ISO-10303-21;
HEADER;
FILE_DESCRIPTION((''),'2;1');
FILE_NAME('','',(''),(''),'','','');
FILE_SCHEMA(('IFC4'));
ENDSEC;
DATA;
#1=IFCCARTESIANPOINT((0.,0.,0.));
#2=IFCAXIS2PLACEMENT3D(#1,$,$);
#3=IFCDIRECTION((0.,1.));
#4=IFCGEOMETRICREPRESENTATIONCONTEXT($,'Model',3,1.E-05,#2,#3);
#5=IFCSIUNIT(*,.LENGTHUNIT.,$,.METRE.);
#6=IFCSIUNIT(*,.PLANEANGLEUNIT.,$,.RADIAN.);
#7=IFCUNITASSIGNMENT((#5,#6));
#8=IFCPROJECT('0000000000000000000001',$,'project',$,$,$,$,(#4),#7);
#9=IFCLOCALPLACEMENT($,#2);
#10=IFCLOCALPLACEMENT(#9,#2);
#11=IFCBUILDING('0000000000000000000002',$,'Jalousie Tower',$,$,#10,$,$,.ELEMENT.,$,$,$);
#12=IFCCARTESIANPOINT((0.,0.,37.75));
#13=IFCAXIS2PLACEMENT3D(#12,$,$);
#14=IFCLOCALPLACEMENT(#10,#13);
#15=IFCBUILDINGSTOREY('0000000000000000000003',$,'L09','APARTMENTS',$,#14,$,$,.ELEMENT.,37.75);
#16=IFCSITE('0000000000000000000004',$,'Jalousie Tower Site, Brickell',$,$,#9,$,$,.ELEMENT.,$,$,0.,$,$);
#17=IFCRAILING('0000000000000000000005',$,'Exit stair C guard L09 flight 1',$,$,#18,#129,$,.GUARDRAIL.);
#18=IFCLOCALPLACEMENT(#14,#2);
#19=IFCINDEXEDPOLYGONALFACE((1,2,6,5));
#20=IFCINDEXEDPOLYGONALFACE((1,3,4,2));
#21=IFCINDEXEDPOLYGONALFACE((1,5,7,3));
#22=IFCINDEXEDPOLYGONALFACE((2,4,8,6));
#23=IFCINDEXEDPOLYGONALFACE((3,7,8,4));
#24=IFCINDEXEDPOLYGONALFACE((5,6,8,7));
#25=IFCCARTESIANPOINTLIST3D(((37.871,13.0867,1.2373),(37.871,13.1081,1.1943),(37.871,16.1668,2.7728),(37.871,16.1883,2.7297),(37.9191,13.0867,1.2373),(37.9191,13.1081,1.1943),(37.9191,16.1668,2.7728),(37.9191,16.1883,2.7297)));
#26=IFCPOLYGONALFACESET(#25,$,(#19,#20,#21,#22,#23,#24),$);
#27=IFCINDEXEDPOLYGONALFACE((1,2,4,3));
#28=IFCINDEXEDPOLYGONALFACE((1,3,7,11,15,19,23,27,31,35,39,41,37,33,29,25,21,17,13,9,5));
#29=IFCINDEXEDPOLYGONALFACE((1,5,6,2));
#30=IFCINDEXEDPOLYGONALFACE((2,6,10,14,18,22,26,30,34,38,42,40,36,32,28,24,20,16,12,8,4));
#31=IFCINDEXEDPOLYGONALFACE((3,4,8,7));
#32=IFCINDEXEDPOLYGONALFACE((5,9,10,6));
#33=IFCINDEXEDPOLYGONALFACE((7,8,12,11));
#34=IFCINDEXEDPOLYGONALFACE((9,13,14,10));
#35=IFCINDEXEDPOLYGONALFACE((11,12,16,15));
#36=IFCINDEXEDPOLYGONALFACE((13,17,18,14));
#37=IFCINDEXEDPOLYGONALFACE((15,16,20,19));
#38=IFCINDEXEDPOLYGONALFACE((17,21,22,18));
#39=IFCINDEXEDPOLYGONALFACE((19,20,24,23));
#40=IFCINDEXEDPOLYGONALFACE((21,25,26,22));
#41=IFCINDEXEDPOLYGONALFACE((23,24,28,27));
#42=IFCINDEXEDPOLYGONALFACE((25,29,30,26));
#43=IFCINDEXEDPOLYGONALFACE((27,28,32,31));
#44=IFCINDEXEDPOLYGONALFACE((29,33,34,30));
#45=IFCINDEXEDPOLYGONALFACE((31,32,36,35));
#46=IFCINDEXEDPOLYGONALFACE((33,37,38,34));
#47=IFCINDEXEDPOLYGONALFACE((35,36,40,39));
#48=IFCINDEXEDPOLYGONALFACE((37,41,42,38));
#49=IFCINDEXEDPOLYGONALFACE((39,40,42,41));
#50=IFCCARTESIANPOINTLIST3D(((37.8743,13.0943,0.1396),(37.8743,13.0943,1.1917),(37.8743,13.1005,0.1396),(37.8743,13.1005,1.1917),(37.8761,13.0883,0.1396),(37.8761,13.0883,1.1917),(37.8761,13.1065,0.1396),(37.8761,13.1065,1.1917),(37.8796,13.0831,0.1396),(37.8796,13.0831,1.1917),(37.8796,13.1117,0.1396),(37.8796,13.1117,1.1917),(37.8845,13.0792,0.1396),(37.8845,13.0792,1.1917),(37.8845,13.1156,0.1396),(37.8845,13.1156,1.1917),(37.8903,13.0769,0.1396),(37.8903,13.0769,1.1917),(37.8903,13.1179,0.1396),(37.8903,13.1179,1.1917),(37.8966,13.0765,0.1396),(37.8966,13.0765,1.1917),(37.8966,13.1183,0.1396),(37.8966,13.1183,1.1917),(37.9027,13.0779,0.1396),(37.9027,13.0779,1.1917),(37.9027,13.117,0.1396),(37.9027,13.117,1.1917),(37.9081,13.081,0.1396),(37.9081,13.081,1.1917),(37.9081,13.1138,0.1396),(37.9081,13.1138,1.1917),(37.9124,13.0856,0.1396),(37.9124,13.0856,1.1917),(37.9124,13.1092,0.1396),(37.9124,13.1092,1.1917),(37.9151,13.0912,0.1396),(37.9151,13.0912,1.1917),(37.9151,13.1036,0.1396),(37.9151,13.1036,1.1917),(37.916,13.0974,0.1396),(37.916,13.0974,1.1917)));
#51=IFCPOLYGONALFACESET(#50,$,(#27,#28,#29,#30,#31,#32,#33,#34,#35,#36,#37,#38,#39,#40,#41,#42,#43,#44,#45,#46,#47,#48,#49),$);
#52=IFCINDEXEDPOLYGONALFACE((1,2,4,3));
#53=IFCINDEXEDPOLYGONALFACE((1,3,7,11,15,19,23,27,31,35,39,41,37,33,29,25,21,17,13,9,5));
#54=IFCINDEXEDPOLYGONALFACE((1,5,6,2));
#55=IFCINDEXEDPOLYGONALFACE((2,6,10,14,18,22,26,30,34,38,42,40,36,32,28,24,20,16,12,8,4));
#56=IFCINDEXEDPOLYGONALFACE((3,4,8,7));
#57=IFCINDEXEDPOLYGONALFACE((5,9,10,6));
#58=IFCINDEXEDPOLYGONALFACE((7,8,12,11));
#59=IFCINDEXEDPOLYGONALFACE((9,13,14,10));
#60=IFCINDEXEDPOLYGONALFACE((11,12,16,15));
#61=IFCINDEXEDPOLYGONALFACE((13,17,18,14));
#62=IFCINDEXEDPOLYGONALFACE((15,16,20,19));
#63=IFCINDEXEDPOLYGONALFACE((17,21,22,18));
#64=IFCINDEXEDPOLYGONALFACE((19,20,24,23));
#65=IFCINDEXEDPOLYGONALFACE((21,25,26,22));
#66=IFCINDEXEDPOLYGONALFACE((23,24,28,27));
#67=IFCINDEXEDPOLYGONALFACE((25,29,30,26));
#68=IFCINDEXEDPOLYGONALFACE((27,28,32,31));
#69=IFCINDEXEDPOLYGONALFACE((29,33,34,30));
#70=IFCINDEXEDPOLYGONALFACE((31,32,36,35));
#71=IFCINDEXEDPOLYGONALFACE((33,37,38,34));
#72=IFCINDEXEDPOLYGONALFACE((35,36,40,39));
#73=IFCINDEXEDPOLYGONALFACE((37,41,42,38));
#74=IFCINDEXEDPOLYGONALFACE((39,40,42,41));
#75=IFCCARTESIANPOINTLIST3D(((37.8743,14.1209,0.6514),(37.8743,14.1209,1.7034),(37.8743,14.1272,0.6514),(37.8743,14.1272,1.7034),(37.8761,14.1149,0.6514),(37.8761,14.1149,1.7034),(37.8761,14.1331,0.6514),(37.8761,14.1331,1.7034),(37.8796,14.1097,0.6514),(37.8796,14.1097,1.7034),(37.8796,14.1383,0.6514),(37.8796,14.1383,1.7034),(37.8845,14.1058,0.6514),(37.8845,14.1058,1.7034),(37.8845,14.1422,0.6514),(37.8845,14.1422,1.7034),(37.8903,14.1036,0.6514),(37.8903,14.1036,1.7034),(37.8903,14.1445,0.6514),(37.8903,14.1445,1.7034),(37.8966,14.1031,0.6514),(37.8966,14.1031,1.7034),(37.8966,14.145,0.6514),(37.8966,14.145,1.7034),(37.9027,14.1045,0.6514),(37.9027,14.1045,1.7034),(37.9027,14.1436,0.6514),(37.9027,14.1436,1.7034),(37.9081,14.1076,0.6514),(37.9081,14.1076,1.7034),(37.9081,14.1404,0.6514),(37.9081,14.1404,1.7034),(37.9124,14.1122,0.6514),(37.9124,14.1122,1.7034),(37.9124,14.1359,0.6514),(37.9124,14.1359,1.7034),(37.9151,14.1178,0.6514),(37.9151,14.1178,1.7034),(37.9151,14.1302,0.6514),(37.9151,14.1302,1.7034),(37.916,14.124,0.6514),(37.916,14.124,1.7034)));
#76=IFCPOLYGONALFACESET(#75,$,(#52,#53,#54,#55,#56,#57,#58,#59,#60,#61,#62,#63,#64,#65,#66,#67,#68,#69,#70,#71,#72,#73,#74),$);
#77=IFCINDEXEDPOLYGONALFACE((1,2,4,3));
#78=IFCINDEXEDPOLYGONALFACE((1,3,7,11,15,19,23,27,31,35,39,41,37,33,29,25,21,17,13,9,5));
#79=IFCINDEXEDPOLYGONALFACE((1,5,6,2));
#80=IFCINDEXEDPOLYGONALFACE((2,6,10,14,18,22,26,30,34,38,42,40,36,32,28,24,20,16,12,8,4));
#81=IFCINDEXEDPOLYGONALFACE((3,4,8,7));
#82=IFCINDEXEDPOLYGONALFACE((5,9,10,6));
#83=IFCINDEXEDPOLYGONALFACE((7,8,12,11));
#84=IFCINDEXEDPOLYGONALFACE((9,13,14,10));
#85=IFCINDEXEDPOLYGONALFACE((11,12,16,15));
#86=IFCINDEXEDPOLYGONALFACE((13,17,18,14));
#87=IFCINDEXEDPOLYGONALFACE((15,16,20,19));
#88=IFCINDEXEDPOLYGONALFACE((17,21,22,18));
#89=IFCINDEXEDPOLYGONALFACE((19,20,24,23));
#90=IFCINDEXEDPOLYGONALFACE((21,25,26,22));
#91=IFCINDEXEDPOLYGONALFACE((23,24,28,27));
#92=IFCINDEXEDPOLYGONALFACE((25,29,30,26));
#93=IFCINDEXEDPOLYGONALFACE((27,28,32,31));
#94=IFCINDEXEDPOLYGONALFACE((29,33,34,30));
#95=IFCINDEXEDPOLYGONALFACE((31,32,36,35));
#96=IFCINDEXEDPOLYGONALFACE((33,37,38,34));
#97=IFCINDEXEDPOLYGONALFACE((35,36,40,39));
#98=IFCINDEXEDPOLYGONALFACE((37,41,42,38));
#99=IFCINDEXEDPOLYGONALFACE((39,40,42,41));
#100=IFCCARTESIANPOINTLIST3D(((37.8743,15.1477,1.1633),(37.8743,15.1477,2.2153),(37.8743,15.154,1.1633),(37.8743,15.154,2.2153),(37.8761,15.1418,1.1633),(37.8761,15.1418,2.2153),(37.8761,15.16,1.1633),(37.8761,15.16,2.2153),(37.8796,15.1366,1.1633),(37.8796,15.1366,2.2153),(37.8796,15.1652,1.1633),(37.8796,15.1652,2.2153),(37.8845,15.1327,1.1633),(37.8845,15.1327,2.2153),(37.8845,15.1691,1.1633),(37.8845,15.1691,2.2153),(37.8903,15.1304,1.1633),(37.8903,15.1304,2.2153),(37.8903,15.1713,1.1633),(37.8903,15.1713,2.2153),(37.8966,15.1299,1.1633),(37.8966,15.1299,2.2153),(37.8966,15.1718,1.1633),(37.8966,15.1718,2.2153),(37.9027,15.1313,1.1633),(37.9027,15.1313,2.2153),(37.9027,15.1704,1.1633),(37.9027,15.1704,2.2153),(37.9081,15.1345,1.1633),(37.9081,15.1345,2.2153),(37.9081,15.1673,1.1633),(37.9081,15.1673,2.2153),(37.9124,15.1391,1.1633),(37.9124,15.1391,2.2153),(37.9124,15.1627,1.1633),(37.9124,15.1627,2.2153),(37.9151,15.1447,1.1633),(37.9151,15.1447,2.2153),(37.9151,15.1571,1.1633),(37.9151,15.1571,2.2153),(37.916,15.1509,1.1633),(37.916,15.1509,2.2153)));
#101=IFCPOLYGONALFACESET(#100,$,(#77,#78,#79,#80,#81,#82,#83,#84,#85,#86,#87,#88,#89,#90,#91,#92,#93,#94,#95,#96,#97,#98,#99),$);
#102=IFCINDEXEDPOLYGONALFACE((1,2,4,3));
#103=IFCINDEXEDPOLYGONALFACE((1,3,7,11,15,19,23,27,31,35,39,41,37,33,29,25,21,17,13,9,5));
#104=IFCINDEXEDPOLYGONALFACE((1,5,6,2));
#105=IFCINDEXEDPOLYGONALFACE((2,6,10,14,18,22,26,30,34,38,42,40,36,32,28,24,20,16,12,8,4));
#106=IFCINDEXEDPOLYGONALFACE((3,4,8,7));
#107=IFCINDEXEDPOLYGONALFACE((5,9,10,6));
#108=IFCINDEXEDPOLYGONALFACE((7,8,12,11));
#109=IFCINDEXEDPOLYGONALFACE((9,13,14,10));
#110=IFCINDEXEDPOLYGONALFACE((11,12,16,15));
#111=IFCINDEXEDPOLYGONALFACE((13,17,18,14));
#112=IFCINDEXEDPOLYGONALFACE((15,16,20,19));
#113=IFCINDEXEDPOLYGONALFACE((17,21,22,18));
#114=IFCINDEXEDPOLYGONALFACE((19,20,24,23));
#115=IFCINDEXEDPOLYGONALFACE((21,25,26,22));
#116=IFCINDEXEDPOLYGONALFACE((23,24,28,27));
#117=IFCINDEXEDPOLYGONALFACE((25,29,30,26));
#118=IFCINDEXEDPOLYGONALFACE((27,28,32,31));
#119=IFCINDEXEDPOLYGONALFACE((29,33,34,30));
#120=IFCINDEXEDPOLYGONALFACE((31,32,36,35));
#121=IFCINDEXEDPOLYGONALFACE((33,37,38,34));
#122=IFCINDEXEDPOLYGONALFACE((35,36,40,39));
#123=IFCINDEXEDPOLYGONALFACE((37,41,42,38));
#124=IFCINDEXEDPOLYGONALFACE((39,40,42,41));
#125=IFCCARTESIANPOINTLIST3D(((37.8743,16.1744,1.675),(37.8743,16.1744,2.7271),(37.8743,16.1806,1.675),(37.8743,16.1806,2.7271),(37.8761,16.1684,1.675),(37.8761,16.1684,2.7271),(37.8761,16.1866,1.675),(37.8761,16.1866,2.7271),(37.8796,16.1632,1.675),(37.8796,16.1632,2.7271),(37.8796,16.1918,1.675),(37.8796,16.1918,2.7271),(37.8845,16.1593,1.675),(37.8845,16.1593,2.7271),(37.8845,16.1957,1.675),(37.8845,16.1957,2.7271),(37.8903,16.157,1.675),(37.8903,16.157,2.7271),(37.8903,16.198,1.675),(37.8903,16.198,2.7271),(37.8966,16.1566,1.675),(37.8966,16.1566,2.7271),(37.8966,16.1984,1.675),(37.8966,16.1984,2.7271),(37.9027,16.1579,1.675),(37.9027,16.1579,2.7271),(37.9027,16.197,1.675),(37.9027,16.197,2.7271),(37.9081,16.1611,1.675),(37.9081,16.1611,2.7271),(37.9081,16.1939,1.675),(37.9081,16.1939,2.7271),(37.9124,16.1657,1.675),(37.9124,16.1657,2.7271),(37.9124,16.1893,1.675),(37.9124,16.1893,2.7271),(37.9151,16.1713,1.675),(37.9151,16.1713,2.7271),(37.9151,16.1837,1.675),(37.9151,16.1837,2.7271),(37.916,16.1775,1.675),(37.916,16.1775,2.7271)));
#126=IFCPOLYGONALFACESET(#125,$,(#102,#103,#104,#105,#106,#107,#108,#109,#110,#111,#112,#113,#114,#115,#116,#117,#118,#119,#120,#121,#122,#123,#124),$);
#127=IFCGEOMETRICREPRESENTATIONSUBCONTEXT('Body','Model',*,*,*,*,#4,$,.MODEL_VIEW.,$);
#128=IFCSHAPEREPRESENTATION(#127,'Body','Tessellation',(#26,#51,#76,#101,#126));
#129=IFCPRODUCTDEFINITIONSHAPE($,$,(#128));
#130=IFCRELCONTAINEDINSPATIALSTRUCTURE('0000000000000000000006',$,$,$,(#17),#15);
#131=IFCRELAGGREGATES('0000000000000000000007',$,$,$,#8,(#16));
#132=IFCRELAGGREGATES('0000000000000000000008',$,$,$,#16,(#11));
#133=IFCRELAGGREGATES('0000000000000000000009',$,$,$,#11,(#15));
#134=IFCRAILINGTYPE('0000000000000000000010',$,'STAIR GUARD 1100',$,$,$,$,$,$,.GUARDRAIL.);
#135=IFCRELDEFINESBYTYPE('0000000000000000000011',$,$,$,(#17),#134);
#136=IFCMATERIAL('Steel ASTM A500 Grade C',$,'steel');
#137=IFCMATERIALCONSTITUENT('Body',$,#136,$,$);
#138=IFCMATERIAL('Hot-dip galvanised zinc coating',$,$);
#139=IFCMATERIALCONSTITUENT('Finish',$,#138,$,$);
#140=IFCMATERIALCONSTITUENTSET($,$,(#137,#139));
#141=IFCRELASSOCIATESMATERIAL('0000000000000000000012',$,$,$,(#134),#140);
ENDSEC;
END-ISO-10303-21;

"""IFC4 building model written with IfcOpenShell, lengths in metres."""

from ifc_helpers import new_model, si_unit, direction, frame, origin, origin_2d, place, context, subcontext, project, spatial, rectangle, circle, extrude, material, constituent, constituent_set, type_object, element, save


model = new_model("IFC4")

# Units and contexts
model_context = context("Model", 3, precision=1e-05, world=origin(), true_north=direction((0.0, 1.0)))
body_context = subcontext(model_context, "Body", "Model", "MODEL_VIEW")
ifc_project = project(units=[si_unit("LENGTHUNIT", "METRE"), si_unit("PLANEANGLEUNIT", "RADIAN")], contexts=[model_context])

# Site, building, storey
site_placement = place(None, origin())
site = spatial("IfcSite", under=ifc_project, at=site_placement, Name="Jalousie Tower Site, Brickell", CompositionType="ELEMENT", RefElevation=0.0)
building_placement = place(site_placement, origin())
building = spatial("IfcBuilding", under=site, at=building_placement, Name="Jalousie Tower", CompositionType="ELEMENT")
storey_placement = place(building_placement, frame((0.0, 0.0, 37.75)))
storey = spatial("IfcBuildingStorey", under=building, at=storey_placement, Name="L09", Description="APARTMENTS", CompositionType="ELEMENT", Elevation=37.75)

# Railing
ifc_material_1 = material(Name="Steel ASTM A500 Grade C", Category="steel")
ifc_constituent_1 = constituent(ifc_material_1, Name="Body")
ifc_material_2 = material(Name="Hot-dip galvanised zinc coating")
ifc_constituent_2 = constituent(ifc_material_2, Name="Finish")
ifc_constituent_set_1 = constituent_set(constituents=[ifc_constituent_1, ifc_constituent_2])
railing_type = type_object("IfcRailingType", Name="STAIR GUARD 1100", PredefinedType="GUARDRAIL", material=ifc_constituent_set_1)
railing_1_placement = place(storey_placement, frame((37.895, 13.0974, 0.1396)))
element("IfcRailing", 1, at=railing_1_placement, inside=storey, type_object=railing_type, Name="Exit stair C guard L09 flight 1", PredefinedType="GUARDRAIL", context=body_context, shape_type="SweptSolid", body=[
    extrude(rectangle(XDim=0.0481, YDim=0.0481, at=origin_2d()), frame((0.0, 0.0, 1.0762), z_axis=(0.0, 0.894966, 0.446135), x_axis=(-1.0, 0.0, 0.0)), (0.0, 0.0, 1.0), 3.4417),
    extrude(circle(Radius=0.021, at=origin_2d()), origin(), (0.0, 0.0, 1.0), 1.052),
    extrude(circle(Radius=0.021, at=origin_2d()), frame((0.0, 1.0266, 0.5117)), (0.0, 0.0, 1.0), 1.052),
    extrude(circle(Radius=0.021, at=origin_2d()), frame((0.0, 2.0535, 1.0237)), (0.0, 0.0, 1.0), 1.052),
    extrude(circle(Radius=0.021, at=origin_2d()), frame((0.0, 3.0801, 1.5354)), (0.0, 0.0, 1.0), 1.052),
])

save(model, "model.ifc")
